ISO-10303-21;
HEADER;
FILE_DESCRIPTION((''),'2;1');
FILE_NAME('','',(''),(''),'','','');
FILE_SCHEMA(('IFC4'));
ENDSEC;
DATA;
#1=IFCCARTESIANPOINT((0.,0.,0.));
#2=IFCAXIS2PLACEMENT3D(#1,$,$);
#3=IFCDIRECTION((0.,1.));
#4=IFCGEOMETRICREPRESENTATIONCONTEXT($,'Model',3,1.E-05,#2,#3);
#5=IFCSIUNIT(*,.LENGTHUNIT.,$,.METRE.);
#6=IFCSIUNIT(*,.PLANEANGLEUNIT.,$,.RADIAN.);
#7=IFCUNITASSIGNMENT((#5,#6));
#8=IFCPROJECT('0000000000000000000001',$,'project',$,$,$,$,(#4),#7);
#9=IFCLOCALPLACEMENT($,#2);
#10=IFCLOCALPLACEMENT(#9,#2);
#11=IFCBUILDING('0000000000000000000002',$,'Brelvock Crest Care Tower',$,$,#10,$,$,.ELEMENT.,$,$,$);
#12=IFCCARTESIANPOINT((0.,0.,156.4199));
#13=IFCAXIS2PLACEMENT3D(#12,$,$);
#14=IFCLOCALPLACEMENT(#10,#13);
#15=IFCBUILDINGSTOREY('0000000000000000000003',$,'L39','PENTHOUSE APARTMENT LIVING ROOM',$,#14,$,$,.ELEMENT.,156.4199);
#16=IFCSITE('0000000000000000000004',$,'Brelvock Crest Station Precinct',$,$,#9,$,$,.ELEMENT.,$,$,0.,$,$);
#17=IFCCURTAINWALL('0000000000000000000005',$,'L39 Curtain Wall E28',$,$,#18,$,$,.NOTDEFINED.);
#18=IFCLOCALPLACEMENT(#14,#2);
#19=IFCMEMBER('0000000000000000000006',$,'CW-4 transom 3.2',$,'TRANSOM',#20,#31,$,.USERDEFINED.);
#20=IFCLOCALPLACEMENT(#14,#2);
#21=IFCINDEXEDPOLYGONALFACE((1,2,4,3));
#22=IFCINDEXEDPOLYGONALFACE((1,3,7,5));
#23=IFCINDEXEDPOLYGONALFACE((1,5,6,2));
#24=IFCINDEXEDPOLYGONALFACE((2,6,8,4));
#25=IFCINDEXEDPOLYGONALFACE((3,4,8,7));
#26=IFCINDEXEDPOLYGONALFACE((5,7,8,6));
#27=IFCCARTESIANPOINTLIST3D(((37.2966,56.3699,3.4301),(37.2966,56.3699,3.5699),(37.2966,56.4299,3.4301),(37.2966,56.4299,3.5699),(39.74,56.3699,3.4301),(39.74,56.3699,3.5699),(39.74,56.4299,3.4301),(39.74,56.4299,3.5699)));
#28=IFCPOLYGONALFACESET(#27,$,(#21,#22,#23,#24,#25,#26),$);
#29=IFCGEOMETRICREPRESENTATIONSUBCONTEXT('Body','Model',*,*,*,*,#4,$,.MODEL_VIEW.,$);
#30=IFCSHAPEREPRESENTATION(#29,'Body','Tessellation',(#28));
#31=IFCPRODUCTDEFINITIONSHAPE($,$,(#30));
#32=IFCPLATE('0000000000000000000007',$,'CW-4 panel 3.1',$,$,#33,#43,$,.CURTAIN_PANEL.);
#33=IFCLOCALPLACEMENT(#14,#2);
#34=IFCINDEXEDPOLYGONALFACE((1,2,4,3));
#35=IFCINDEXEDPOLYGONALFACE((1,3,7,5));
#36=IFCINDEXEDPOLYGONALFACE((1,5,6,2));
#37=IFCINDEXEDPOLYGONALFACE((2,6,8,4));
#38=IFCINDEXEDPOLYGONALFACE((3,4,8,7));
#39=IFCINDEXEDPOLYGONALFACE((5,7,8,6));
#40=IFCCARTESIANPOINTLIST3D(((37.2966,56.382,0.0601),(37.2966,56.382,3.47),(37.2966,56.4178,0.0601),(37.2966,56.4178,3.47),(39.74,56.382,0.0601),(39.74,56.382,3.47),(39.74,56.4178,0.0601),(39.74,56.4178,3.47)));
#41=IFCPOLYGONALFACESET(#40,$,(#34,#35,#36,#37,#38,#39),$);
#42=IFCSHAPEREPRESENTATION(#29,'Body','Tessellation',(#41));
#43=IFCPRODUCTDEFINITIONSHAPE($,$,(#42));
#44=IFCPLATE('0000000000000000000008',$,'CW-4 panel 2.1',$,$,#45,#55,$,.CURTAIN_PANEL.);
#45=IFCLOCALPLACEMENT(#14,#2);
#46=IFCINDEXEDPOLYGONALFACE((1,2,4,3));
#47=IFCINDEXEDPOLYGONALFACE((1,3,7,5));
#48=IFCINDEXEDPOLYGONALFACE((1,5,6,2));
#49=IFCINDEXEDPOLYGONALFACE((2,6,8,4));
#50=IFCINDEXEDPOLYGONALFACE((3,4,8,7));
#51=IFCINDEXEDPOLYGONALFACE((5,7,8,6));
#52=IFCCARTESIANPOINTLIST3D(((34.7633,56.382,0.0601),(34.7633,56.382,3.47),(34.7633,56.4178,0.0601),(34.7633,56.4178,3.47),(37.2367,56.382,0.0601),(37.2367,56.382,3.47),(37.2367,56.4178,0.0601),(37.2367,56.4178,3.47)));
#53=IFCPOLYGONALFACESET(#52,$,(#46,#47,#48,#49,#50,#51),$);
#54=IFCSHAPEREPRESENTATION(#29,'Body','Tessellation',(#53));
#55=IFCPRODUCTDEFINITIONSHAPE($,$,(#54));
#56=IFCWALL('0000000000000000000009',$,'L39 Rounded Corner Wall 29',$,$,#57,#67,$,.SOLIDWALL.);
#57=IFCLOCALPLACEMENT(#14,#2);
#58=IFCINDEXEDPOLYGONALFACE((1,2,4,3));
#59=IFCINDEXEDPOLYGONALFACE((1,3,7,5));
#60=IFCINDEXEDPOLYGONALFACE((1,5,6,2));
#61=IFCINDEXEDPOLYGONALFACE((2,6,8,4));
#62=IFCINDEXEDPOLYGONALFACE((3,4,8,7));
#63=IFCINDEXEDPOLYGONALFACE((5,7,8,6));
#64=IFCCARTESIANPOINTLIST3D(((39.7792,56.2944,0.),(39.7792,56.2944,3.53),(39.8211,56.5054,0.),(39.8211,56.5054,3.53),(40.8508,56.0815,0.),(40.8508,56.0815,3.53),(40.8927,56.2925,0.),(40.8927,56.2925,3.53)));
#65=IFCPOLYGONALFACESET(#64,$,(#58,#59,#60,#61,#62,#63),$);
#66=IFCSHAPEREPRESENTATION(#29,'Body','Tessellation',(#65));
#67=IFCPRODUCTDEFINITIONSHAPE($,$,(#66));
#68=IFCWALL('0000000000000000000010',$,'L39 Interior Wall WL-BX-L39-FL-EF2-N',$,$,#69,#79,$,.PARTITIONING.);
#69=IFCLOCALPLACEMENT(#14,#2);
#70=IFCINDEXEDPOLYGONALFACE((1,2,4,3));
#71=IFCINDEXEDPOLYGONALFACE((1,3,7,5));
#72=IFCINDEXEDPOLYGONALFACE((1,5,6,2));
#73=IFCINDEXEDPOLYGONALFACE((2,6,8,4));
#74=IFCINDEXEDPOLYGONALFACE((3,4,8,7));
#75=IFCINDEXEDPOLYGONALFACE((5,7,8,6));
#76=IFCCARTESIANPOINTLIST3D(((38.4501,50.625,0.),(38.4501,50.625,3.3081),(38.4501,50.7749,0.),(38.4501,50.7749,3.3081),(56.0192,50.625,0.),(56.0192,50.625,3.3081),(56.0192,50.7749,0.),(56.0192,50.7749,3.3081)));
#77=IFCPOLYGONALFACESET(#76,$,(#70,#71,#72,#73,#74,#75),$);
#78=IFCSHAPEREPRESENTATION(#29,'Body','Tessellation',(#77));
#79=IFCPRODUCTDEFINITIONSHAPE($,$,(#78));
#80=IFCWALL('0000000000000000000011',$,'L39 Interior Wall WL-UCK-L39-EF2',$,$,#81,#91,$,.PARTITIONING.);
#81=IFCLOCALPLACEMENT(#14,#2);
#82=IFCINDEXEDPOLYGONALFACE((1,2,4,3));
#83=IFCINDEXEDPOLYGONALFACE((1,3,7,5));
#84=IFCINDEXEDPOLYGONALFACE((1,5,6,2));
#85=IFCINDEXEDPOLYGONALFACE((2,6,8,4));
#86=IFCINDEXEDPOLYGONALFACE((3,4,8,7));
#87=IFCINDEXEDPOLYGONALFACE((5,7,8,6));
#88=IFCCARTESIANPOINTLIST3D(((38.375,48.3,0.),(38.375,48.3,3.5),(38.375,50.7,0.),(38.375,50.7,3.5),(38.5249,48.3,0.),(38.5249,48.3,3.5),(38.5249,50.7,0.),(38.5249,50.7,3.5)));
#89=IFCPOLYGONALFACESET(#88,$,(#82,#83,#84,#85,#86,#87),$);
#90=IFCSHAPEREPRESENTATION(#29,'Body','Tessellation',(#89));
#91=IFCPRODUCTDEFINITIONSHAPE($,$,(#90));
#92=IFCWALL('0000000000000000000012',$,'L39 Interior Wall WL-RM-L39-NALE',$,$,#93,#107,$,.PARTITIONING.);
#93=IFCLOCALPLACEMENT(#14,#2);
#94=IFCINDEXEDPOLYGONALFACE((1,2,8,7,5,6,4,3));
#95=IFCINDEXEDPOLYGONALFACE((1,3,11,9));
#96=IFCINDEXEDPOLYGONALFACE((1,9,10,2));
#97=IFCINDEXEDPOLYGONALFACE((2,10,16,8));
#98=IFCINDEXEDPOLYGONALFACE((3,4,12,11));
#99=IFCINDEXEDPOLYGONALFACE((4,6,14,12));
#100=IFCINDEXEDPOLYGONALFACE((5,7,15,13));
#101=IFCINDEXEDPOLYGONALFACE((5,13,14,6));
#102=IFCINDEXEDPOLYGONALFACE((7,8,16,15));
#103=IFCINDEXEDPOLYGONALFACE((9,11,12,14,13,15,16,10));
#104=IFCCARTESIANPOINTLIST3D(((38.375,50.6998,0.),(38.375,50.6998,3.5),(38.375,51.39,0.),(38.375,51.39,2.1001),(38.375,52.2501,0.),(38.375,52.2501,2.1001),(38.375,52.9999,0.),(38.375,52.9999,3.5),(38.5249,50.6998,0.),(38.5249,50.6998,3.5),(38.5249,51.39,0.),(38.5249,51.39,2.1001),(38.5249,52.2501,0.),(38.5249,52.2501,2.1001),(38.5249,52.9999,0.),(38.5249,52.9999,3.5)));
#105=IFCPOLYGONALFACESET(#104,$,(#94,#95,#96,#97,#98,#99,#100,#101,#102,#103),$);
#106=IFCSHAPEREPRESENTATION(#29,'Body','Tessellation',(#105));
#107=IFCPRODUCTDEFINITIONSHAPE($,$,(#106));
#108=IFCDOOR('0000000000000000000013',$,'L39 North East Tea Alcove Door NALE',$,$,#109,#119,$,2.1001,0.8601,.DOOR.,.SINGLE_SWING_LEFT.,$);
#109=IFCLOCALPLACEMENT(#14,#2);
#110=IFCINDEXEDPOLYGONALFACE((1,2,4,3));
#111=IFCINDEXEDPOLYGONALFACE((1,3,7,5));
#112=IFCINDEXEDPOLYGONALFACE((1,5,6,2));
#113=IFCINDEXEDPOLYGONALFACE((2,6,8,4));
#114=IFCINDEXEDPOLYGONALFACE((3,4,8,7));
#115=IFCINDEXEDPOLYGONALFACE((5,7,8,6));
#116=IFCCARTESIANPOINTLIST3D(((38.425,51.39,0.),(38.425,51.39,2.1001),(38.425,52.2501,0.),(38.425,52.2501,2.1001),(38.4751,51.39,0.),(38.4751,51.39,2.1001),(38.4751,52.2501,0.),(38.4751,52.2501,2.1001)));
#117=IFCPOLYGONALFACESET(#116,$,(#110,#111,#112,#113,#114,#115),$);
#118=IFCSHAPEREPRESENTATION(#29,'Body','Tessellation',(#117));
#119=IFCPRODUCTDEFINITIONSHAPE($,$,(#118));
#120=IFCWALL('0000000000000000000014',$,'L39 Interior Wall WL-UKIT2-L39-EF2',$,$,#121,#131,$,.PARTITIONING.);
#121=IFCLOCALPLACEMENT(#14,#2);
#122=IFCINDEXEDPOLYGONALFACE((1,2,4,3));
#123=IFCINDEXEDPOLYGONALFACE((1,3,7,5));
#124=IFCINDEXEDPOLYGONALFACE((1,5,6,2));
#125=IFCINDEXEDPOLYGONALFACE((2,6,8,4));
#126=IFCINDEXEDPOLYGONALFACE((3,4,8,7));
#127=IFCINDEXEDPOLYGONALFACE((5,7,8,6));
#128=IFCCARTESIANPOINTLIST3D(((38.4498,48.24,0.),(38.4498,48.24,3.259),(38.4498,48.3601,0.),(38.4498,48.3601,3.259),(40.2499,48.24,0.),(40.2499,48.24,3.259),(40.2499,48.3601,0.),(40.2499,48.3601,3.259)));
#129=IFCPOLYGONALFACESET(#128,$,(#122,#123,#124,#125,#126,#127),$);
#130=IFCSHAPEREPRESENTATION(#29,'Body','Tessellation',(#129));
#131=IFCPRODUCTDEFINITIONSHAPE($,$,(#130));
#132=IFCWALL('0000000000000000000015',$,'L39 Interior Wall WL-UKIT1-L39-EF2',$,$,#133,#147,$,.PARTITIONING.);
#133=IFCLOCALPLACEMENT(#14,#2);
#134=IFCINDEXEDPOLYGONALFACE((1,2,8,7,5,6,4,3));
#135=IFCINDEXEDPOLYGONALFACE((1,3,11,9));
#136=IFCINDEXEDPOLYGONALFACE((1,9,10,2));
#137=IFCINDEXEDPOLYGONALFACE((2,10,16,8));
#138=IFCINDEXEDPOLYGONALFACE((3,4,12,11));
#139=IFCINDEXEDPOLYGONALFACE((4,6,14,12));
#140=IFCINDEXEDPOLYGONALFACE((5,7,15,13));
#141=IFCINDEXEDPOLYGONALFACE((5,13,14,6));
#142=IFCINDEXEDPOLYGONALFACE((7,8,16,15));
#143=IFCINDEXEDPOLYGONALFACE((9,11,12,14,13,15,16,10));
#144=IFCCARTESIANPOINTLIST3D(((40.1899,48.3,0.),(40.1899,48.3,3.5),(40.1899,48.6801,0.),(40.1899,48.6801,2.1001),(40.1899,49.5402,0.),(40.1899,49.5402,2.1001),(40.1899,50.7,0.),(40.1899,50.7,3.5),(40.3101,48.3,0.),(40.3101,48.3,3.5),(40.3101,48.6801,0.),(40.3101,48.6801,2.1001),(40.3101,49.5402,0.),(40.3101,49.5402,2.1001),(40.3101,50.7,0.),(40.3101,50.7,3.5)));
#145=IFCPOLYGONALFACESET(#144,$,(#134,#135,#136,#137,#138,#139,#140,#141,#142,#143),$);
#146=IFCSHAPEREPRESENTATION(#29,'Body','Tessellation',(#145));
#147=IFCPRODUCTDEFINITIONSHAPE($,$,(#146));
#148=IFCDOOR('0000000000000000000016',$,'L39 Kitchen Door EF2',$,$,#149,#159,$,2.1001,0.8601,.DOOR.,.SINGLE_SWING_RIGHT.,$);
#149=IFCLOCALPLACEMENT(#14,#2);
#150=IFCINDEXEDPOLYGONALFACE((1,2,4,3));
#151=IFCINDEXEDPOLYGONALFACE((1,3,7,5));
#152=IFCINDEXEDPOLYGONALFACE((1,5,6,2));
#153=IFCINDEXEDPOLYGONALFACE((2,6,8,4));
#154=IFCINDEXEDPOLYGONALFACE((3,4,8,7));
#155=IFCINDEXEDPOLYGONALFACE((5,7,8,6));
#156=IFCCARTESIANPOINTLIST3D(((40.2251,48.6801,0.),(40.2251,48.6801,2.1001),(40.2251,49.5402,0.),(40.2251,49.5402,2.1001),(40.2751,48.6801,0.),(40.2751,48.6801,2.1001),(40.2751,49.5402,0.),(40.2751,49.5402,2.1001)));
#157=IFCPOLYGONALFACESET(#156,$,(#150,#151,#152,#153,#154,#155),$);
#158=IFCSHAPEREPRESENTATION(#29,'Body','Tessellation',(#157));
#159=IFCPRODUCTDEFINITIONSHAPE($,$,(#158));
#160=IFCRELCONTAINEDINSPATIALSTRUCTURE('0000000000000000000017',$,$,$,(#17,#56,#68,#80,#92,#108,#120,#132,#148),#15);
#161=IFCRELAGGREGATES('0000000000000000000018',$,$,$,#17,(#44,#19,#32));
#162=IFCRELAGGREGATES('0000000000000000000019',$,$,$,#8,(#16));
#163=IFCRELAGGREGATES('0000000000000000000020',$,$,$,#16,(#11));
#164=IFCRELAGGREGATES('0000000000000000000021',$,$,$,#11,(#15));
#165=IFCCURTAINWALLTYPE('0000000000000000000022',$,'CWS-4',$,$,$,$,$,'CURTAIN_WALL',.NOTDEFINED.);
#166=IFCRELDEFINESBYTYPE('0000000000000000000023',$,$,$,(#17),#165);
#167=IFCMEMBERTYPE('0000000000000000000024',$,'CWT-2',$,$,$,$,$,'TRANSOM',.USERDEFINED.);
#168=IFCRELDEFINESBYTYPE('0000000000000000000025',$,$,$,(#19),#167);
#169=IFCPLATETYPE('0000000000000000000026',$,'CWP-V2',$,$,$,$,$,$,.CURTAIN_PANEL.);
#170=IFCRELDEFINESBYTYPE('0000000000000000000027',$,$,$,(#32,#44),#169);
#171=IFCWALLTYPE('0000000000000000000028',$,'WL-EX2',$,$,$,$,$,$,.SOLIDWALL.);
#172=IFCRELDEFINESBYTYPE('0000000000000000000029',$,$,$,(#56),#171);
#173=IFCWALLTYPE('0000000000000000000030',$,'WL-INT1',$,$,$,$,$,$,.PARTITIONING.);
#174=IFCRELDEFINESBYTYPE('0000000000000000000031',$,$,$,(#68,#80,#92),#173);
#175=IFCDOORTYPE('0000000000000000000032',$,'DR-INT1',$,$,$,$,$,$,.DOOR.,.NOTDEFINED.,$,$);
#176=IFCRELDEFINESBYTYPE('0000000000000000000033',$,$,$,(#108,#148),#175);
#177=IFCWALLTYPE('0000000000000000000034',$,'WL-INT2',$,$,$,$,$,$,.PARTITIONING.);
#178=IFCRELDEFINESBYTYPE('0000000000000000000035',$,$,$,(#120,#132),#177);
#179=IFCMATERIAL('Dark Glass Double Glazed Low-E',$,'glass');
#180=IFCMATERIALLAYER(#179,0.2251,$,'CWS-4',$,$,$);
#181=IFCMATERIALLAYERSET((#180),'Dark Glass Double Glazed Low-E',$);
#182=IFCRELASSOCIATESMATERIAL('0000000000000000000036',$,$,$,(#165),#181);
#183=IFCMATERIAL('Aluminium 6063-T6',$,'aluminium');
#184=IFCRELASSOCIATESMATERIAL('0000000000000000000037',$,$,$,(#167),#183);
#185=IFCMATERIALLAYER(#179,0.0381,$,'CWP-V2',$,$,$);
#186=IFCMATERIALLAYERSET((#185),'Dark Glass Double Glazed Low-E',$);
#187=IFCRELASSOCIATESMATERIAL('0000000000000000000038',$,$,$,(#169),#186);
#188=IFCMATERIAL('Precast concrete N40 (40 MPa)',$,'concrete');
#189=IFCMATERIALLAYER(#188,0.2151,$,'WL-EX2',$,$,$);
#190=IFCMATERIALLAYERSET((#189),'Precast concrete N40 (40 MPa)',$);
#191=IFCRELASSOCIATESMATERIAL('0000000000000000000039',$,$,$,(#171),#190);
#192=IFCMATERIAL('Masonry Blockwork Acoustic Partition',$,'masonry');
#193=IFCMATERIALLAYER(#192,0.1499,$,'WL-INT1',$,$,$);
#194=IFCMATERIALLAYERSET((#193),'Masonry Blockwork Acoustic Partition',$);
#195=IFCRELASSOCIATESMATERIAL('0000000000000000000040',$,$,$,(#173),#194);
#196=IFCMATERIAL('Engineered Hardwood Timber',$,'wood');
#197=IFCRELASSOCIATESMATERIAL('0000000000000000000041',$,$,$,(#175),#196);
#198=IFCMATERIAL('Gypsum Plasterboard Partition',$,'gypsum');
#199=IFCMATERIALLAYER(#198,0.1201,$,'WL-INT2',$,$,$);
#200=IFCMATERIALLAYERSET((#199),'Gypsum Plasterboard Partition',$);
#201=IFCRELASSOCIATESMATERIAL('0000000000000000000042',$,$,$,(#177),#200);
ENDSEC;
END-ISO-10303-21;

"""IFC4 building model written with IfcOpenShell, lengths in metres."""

from ifc_helpers import new_model, si_unit, direction, frame, frame_2d, origin, origin_2d, place, context, subcontext, project, spatial, rectangle, extrude, source, transform, mapped, material, layer, layer_set, material_profile, profile_set, type_object, element, fill, aggregate, save


model = new_model("IFC4")

# Units and contexts
model_context = context("Model", 3, precision=1e-05, world=origin(), true_north=direction((0.0, 1.0)))
body_context = subcontext(model_context, "Body", "Model", "MODEL_VIEW")
ifc_project = project(units=[si_unit("LENGTHUNIT", "METRE"), si_unit("PLANEANGLEUNIT", "RADIAN")], contexts=[model_context])

# Site, building, storey
site_placement = place(None, origin())
site = spatial("IfcSite", under=ifc_project, at=site_placement, Name="Brelvock Crest Station Precinct", CompositionType="ELEMENT", RefElevation=0.0)
building_placement = place(site_placement, origin())
building = spatial("IfcBuilding", under=site, at=building_placement, Name="Brelvock Crest Care Tower", CompositionType="ELEMENT")
storey_placement = place(building_placement, frame((0.0, 0.0, 156.4199)))
storey = spatial("IfcBuildingStorey", under=building, at=storey_placement, Name="L39", Description="PENTHOUSE APARTMENT LIVING ROOM", CompositionType="ELEMENT", Elevation=156.4199)

# Curtain wall, member, plates
ifc_material_1 = material(Name="Dark Glass Double Glazed Low-E", Category="glass")
ifc_layer_1 = layer(ifc_material_1, 0.2251, Name="CWS-4")
ifc_layer_set_1 = layer_set([ifc_layer_1], Name="Dark Glass Double Glazed Low-E")
curtain_wall_type = type_object("IfcCurtainWallType", Name="CWS-4", ElementType="CURTAIN_WALL", PredefinedType="NOTDEFINED", material=ifc_layer_set_1)
curtain_wall_placement = place(storey_placement, origin())
curtain_wall = element("IfcCurtainWall", 1, at=curtain_wall_placement, inside=storey, type_object=curtain_wall_type, Name="L39 Curtain Wall E28", PredefinedType="NOTDEFINED")
ifc_material_2 = material(Name="Aluminium 6063-T6", Category="aluminium")
ifc_material_profile_1 = material_profile(ifc_material_2, rectangle(XDim=0.0601, YDim=0.1399, at=origin_2d()), Name="ALU60x140")
ifc_profile_set_1 = profile_set([ifc_material_profile_1], Name="Aluminium 6063-T6")
member_type_1 = type_object("IfcMemberType", Name="CWT-2", ElementType="TRANSOM", PredefinedType="USERDEFINED", material=ifc_profile_set_1)
shared_shape_1 = source(origin(), body_context, "Body", "SweptSolid", [
    extrude(rectangle(XDim=0.0601, YDim=0.1399, at=origin_2d()), origin(), (0.0, 0.0, 1.0), 2.4434),
])
member_1_placement = place(storey_placement, frame((37.2966, 56.3999, 3.5), z_axis=(1.0, 0.0, 0.0), x_axis=(0.0, 1.0, 0.0)))
member_1 = element("IfcMember", 2, at=member_1_placement, type_object=member_type_1, Name="CW-4 transom 3.2", ObjectType="TRANSOM", PredefinedType="USERDEFINED", context=body_context, shape_type="MappedRepresentation", body=[
    mapped(shared_shape_1, transform((0.0, 0.0, 0.0), x_axis=(1.0, 0.0, 0.0), y_axis=(0.0, 1.0, 0.0), z_axis=(0.0, 0.0, 1.0), scale=1.0)),
])
ifc_layer_2 = layer(ifc_material_1, 0.0381, Name="CWP-V2")
ifc_layer_set_2 = layer_set([ifc_layer_2], Name="Dark Glass Double Glazed Low-E")
plate_type = type_object("IfcPlateType", Name="CWP-V2", PredefinedType="CURTAIN_PANEL", material=ifc_layer_set_2)
shared_shape_2 = source(origin(), body_context, "Body", "SweptSolid", [
    extrude(rectangle(XDim=2.4434, YDim=0.0359, at=origin_2d()), origin(), (0.0, 0.0, 1.0), 3.4099),
])
plate_1_placement = place(storey_placement, frame((38.5183, 56.3999, 0.0601), z_axis=(0.0, 0.0, 1.0), x_axis=(1.0, 0.0, 0.0)))
plate_1 = element("IfcPlate", 3, at=plate_1_placement, type_object=plate_type, Name="CW-4 panel 3.1", PredefinedType="CURTAIN_PANEL", context=body_context, shape_type="MappedRepresentation", body=[
    mapped(shared_shape_2, transform((0.0, 0.0, 0.0), x_axis=(1.0, 0.0, 0.0), y_axis=(0.0, 1.0, 0.0), z_axis=(0.0, 0.0, 1.0), scale=1.0)),
])
shared_shape_3 = source(origin(), body_context, "Body", "SweptSolid", [
    extrude(rectangle(XDim=2.4734, YDim=0.0359, at=origin_2d()), origin(), (0.0, 0.0, 1.0), 3.4099),
])
plate_2_placement = place(storey_placement, frame((36.0, 56.3999, 0.0601), z_axis=(0.0, 0.0, 1.0), x_axis=(1.0, 0.0, 0.0)))
plate_2 = element("IfcPlate", 4, at=plate_2_placement, type_object=plate_type, Name="CW-4 panel 2.1", PredefinedType="CURTAIN_PANEL", context=body_context, shape_type="MappedRepresentation", body=[
    mapped(shared_shape_3, transform((0.0, 0.0, 0.0), x_axis=(1.0, 0.0, 0.0), y_axis=(0.0, 1.0, 0.0), z_axis=(0.0, 0.0, 1.0), scale=1.0)),
])
aggregate(curtain_wall, [plate_2, member_1, plate_1])

# Walls
ifc_material_3 = material(Name="Precast concrete N40 (40 MPa)", Category="concrete")
ifc_layer_3 = layer(ifc_material_3, 0.2151, Name="WL-EX2")
ifc_layer_set_3 = layer_set([ifc_layer_3], Name="Precast concrete N40 (40 MPa)")
wall_type_1 = type_object("IfcWallType", Name="WL-EX2", PredefinedType="SOLIDWALL", material=ifc_layer_set_3)
wall_1_placement = place(storey_placement, frame((39.8, 56.3999, 0.0), z_axis=(0.0, 0.0, 1.0), x_axis=(0.980829, -0.19487, 0.0)))
element("IfcWall", 5, at=wall_1_placement, inside=storey, type_object=wall_type_1, Name="L39 Rounded Corner Wall 29", PredefinedType="SOLIDWALL", context=body_context, shape_type="SweptSolid", body=[
    extrude(rectangle(XDim=1.0925, YDim=0.2151, at=frame_2d((0.5464, 0.0))), origin(), (0.0, 0.0, 1.0), 3.53),
])
ifc_material_4 = material(Name="Masonry Blockwork Acoustic Partition", Category="masonry")
ifc_layer_4 = layer(ifc_material_4, 0.1499, Name="WL-INT1")
ifc_layer_set_4 = layer_set([ifc_layer_4], Name="Masonry Blockwork Acoustic Partition")
wall_type_2 = type_object("IfcWallType", Name="WL-INT1", PredefinedType="PARTITIONING", material=ifc_layer_set_4)
wall_2_placement = place(storey_placement, frame((38.45, 50.7, 0.0), z_axis=(0.0, 0.0, 1.0), x_axis=(1.0, 0.0, 0.0)))
element("IfcWall", 6, at=wall_2_placement, inside=storey, type_object=wall_type_2, Name="L39 Interior Wall WL-BX-L39-FL-EF2-N", PredefinedType="PARTITIONING", context=body_context, shape_type="SweptSolid", body=[
    extrude(rectangle(XDim=17.5691, YDim=0.1499, at=frame_2d((8.7847, 0.0))), origin(), (0.0, 0.0, 1.0), 3.3081),
])
wall_3_placement = place(storey_placement, frame((38.45, 48.3, 0.0), z_axis=(0.0, 0.0, 1.0), x_axis=(0.0, 1.0, 0.0)))
element("IfcWall", 7, at=wall_3_placement, inside=storey, type_object=wall_type_2, Name="L39 Interior Wall WL-UCK-L39-EF2", PredefinedType="PARTITIONING", context=body_context, shape_type="SweptSolid", body=[
    extrude(rectangle(XDim=2.3999, YDim=0.1499, at=frame_2d((1.2, 0.0))), origin(), (0.0, 0.0, 1.0), 3.5),
])

# Wall, opening, door
wall_4_placement = place(storey_placement, frame((38.45, 50.7, 0.0), z_axis=(0.0, 0.0, 1.0), x_axis=(0.0, 1.0, 0.0)))
wall_4 = element("IfcWall", 8, at=wall_4_placement, inside=storey, type_object=wall_type_2, Name="L39 Interior Wall WL-RM-L39-NALE", PredefinedType="PARTITIONING", context=body_context, shape_type="SweptSolid", body=[
    extrude(rectangle(XDim=2.3, YDim=0.1499, at=frame_2d((1.1499, 0.0))), origin(), (0.0, 0.0, 1.0), 3.5),
])
opening_1_placement = place(wall_4_placement, frame((0.6899, 0.0, 0.0)))
opening_1 = element("IfcOpeningElement", 9, at=opening_1_placement, cuts=wall_4, PredefinedType="OPENING", context=body_context, shape_type="SweptSolid", body=[
    extrude(rectangle(XDim=0.8601, YDim=2.1001, at=origin_2d()), frame((0.4302, 0.085, 1.05), z_axis=(0.0, -1.0, 0.0), x_axis=(1.0, 0.0, 0.0)), (0.0, 0.0, 1.0), 0.1699),
])
ifc_material_5 = material(Name="Engineered Hardwood Timber", Category="wood")
door_type = type_object("IfcDoorType", Name="DR-INT1", OperationType="NOTDEFINED", PredefinedType="DOOR", material=ifc_material_5)
shared_shape_4 = source(origin(), body_context, "Body", "SweptSolid", [
    extrude(rectangle(XDim=0.8601, YDim=2.1001, at=origin_2d()), frame((0.4302, 0.0249, 1.05), z_axis=(0.0, -1.0, 0.0), x_axis=(1.0, 0.0, 0.0)), (0.0, 0.0, 1.0), 0.05),
])
door_1_placement = place(opening_1_placement, origin())
door_1 = element("IfcDoor", 10, at=door_1_placement, inside=storey, type_object=door_type, Name="L39 North East Tea Alcove Door NALE", OperationType="SINGLE_SWING_LEFT", OverallHeight=2.1001, OverallWidth=0.8601, PredefinedType="DOOR", context=body_context, shape_type="MappedRepresentation", body=[
    mapped(shared_shape_4, transform((0.0, 0.0, 0.0), x_axis=(1.0, 0.0, 0.0), y_axis=(0.0, 1.0, 0.0), z_axis=(0.0, 0.0, 1.0), scale=1.0)),
])
fill(opening_1, door_1)

# Wall
ifc_material_6 = material(Name="Gypsum Plasterboard Partition", Category="gypsum")
ifc_layer_5 = layer(ifc_material_6, 0.1201, Name="WL-INT2")
ifc_layer_set_5 = layer_set([ifc_layer_5], Name="Gypsum Plasterboard Partition")
wall_type_3 = type_object("IfcWallType", Name="WL-INT2", PredefinedType="PARTITIONING", material=ifc_layer_set_5)
wall_5_placement = place(storey_placement, frame((38.45, 48.3, 0.0), z_axis=(0.0, 0.0, 1.0), x_axis=(1.0, 0.0, 0.0)))
element("IfcWall", 11, at=wall_5_placement, inside=storey, type_object=wall_type_3, Name="L39 Interior Wall WL-UKIT2-L39-EF2", PredefinedType="PARTITIONING", context=body_context, shape_type="SweptSolid", body=[
    extrude(rectangle(XDim=1.8, YDim=0.1201, at=frame_2d((0.8999, 0.0))), origin(), (0.0, 0.0, 1.0), 3.259),
])

# Wall, opening, door
wall_6_placement = place(storey_placement, frame((40.25, 48.3, 0.0), z_axis=(0.0, 0.0, 1.0), x_axis=(0.0, 1.0, 0.0)))
wall_6 = element("IfcWall", 12, at=wall_6_placement, inside=storey, type_object=wall_type_3, Name="L39 Interior Wall WL-UKIT1-L39-EF2", PredefinedType="PARTITIONING", context=body_context, shape_type="SweptSolid", body=[
    extrude(rectangle(XDim=2.3999, YDim=0.1201, at=frame_2d((1.2, 0.0))), origin(), (0.0, 0.0, 1.0), 3.5),
])
opening_2_placement = place(wall_6_placement, frame((0.3799, 0.0, 0.0)))
opening_2 = element("IfcOpeningElement", 13, at=opening_2_placement, cuts=wall_6, PredefinedType="OPENING", context=body_context, shape_type="SweptSolid", body=[
    extrude(rectangle(XDim=0.8601, YDim=2.1001, at=origin_2d()), frame((0.4302, 0.0701, 1.05), z_axis=(0.0, -1.0, 0.0), x_axis=(1.0, 0.0, 0.0)), (0.0, 0.0, 1.0), 0.1401),
])
door_2_placement = place(opening_2_placement, origin())
door_2 = element("IfcDoor", 14, at=door_2_placement, inside=storey, type_object=door_type, Name="L39 Kitchen Door EF2", OperationType="SINGLE_SWING_RIGHT", OverallHeight=2.1001, OverallWidth=0.8601, PredefinedType="DOOR", context=body_context, shape_type="MappedRepresentation", body=[
    mapped(shared_shape_4, transform((0.0, 0.0, 0.0), x_axis=(1.0, 0.0, 0.0), y_axis=(0.0, 1.0, 0.0), z_axis=(0.0, 0.0, 1.0), scale=1.0)),
])
fill(opening_2, door_2)

save(model, "model.ifc")
